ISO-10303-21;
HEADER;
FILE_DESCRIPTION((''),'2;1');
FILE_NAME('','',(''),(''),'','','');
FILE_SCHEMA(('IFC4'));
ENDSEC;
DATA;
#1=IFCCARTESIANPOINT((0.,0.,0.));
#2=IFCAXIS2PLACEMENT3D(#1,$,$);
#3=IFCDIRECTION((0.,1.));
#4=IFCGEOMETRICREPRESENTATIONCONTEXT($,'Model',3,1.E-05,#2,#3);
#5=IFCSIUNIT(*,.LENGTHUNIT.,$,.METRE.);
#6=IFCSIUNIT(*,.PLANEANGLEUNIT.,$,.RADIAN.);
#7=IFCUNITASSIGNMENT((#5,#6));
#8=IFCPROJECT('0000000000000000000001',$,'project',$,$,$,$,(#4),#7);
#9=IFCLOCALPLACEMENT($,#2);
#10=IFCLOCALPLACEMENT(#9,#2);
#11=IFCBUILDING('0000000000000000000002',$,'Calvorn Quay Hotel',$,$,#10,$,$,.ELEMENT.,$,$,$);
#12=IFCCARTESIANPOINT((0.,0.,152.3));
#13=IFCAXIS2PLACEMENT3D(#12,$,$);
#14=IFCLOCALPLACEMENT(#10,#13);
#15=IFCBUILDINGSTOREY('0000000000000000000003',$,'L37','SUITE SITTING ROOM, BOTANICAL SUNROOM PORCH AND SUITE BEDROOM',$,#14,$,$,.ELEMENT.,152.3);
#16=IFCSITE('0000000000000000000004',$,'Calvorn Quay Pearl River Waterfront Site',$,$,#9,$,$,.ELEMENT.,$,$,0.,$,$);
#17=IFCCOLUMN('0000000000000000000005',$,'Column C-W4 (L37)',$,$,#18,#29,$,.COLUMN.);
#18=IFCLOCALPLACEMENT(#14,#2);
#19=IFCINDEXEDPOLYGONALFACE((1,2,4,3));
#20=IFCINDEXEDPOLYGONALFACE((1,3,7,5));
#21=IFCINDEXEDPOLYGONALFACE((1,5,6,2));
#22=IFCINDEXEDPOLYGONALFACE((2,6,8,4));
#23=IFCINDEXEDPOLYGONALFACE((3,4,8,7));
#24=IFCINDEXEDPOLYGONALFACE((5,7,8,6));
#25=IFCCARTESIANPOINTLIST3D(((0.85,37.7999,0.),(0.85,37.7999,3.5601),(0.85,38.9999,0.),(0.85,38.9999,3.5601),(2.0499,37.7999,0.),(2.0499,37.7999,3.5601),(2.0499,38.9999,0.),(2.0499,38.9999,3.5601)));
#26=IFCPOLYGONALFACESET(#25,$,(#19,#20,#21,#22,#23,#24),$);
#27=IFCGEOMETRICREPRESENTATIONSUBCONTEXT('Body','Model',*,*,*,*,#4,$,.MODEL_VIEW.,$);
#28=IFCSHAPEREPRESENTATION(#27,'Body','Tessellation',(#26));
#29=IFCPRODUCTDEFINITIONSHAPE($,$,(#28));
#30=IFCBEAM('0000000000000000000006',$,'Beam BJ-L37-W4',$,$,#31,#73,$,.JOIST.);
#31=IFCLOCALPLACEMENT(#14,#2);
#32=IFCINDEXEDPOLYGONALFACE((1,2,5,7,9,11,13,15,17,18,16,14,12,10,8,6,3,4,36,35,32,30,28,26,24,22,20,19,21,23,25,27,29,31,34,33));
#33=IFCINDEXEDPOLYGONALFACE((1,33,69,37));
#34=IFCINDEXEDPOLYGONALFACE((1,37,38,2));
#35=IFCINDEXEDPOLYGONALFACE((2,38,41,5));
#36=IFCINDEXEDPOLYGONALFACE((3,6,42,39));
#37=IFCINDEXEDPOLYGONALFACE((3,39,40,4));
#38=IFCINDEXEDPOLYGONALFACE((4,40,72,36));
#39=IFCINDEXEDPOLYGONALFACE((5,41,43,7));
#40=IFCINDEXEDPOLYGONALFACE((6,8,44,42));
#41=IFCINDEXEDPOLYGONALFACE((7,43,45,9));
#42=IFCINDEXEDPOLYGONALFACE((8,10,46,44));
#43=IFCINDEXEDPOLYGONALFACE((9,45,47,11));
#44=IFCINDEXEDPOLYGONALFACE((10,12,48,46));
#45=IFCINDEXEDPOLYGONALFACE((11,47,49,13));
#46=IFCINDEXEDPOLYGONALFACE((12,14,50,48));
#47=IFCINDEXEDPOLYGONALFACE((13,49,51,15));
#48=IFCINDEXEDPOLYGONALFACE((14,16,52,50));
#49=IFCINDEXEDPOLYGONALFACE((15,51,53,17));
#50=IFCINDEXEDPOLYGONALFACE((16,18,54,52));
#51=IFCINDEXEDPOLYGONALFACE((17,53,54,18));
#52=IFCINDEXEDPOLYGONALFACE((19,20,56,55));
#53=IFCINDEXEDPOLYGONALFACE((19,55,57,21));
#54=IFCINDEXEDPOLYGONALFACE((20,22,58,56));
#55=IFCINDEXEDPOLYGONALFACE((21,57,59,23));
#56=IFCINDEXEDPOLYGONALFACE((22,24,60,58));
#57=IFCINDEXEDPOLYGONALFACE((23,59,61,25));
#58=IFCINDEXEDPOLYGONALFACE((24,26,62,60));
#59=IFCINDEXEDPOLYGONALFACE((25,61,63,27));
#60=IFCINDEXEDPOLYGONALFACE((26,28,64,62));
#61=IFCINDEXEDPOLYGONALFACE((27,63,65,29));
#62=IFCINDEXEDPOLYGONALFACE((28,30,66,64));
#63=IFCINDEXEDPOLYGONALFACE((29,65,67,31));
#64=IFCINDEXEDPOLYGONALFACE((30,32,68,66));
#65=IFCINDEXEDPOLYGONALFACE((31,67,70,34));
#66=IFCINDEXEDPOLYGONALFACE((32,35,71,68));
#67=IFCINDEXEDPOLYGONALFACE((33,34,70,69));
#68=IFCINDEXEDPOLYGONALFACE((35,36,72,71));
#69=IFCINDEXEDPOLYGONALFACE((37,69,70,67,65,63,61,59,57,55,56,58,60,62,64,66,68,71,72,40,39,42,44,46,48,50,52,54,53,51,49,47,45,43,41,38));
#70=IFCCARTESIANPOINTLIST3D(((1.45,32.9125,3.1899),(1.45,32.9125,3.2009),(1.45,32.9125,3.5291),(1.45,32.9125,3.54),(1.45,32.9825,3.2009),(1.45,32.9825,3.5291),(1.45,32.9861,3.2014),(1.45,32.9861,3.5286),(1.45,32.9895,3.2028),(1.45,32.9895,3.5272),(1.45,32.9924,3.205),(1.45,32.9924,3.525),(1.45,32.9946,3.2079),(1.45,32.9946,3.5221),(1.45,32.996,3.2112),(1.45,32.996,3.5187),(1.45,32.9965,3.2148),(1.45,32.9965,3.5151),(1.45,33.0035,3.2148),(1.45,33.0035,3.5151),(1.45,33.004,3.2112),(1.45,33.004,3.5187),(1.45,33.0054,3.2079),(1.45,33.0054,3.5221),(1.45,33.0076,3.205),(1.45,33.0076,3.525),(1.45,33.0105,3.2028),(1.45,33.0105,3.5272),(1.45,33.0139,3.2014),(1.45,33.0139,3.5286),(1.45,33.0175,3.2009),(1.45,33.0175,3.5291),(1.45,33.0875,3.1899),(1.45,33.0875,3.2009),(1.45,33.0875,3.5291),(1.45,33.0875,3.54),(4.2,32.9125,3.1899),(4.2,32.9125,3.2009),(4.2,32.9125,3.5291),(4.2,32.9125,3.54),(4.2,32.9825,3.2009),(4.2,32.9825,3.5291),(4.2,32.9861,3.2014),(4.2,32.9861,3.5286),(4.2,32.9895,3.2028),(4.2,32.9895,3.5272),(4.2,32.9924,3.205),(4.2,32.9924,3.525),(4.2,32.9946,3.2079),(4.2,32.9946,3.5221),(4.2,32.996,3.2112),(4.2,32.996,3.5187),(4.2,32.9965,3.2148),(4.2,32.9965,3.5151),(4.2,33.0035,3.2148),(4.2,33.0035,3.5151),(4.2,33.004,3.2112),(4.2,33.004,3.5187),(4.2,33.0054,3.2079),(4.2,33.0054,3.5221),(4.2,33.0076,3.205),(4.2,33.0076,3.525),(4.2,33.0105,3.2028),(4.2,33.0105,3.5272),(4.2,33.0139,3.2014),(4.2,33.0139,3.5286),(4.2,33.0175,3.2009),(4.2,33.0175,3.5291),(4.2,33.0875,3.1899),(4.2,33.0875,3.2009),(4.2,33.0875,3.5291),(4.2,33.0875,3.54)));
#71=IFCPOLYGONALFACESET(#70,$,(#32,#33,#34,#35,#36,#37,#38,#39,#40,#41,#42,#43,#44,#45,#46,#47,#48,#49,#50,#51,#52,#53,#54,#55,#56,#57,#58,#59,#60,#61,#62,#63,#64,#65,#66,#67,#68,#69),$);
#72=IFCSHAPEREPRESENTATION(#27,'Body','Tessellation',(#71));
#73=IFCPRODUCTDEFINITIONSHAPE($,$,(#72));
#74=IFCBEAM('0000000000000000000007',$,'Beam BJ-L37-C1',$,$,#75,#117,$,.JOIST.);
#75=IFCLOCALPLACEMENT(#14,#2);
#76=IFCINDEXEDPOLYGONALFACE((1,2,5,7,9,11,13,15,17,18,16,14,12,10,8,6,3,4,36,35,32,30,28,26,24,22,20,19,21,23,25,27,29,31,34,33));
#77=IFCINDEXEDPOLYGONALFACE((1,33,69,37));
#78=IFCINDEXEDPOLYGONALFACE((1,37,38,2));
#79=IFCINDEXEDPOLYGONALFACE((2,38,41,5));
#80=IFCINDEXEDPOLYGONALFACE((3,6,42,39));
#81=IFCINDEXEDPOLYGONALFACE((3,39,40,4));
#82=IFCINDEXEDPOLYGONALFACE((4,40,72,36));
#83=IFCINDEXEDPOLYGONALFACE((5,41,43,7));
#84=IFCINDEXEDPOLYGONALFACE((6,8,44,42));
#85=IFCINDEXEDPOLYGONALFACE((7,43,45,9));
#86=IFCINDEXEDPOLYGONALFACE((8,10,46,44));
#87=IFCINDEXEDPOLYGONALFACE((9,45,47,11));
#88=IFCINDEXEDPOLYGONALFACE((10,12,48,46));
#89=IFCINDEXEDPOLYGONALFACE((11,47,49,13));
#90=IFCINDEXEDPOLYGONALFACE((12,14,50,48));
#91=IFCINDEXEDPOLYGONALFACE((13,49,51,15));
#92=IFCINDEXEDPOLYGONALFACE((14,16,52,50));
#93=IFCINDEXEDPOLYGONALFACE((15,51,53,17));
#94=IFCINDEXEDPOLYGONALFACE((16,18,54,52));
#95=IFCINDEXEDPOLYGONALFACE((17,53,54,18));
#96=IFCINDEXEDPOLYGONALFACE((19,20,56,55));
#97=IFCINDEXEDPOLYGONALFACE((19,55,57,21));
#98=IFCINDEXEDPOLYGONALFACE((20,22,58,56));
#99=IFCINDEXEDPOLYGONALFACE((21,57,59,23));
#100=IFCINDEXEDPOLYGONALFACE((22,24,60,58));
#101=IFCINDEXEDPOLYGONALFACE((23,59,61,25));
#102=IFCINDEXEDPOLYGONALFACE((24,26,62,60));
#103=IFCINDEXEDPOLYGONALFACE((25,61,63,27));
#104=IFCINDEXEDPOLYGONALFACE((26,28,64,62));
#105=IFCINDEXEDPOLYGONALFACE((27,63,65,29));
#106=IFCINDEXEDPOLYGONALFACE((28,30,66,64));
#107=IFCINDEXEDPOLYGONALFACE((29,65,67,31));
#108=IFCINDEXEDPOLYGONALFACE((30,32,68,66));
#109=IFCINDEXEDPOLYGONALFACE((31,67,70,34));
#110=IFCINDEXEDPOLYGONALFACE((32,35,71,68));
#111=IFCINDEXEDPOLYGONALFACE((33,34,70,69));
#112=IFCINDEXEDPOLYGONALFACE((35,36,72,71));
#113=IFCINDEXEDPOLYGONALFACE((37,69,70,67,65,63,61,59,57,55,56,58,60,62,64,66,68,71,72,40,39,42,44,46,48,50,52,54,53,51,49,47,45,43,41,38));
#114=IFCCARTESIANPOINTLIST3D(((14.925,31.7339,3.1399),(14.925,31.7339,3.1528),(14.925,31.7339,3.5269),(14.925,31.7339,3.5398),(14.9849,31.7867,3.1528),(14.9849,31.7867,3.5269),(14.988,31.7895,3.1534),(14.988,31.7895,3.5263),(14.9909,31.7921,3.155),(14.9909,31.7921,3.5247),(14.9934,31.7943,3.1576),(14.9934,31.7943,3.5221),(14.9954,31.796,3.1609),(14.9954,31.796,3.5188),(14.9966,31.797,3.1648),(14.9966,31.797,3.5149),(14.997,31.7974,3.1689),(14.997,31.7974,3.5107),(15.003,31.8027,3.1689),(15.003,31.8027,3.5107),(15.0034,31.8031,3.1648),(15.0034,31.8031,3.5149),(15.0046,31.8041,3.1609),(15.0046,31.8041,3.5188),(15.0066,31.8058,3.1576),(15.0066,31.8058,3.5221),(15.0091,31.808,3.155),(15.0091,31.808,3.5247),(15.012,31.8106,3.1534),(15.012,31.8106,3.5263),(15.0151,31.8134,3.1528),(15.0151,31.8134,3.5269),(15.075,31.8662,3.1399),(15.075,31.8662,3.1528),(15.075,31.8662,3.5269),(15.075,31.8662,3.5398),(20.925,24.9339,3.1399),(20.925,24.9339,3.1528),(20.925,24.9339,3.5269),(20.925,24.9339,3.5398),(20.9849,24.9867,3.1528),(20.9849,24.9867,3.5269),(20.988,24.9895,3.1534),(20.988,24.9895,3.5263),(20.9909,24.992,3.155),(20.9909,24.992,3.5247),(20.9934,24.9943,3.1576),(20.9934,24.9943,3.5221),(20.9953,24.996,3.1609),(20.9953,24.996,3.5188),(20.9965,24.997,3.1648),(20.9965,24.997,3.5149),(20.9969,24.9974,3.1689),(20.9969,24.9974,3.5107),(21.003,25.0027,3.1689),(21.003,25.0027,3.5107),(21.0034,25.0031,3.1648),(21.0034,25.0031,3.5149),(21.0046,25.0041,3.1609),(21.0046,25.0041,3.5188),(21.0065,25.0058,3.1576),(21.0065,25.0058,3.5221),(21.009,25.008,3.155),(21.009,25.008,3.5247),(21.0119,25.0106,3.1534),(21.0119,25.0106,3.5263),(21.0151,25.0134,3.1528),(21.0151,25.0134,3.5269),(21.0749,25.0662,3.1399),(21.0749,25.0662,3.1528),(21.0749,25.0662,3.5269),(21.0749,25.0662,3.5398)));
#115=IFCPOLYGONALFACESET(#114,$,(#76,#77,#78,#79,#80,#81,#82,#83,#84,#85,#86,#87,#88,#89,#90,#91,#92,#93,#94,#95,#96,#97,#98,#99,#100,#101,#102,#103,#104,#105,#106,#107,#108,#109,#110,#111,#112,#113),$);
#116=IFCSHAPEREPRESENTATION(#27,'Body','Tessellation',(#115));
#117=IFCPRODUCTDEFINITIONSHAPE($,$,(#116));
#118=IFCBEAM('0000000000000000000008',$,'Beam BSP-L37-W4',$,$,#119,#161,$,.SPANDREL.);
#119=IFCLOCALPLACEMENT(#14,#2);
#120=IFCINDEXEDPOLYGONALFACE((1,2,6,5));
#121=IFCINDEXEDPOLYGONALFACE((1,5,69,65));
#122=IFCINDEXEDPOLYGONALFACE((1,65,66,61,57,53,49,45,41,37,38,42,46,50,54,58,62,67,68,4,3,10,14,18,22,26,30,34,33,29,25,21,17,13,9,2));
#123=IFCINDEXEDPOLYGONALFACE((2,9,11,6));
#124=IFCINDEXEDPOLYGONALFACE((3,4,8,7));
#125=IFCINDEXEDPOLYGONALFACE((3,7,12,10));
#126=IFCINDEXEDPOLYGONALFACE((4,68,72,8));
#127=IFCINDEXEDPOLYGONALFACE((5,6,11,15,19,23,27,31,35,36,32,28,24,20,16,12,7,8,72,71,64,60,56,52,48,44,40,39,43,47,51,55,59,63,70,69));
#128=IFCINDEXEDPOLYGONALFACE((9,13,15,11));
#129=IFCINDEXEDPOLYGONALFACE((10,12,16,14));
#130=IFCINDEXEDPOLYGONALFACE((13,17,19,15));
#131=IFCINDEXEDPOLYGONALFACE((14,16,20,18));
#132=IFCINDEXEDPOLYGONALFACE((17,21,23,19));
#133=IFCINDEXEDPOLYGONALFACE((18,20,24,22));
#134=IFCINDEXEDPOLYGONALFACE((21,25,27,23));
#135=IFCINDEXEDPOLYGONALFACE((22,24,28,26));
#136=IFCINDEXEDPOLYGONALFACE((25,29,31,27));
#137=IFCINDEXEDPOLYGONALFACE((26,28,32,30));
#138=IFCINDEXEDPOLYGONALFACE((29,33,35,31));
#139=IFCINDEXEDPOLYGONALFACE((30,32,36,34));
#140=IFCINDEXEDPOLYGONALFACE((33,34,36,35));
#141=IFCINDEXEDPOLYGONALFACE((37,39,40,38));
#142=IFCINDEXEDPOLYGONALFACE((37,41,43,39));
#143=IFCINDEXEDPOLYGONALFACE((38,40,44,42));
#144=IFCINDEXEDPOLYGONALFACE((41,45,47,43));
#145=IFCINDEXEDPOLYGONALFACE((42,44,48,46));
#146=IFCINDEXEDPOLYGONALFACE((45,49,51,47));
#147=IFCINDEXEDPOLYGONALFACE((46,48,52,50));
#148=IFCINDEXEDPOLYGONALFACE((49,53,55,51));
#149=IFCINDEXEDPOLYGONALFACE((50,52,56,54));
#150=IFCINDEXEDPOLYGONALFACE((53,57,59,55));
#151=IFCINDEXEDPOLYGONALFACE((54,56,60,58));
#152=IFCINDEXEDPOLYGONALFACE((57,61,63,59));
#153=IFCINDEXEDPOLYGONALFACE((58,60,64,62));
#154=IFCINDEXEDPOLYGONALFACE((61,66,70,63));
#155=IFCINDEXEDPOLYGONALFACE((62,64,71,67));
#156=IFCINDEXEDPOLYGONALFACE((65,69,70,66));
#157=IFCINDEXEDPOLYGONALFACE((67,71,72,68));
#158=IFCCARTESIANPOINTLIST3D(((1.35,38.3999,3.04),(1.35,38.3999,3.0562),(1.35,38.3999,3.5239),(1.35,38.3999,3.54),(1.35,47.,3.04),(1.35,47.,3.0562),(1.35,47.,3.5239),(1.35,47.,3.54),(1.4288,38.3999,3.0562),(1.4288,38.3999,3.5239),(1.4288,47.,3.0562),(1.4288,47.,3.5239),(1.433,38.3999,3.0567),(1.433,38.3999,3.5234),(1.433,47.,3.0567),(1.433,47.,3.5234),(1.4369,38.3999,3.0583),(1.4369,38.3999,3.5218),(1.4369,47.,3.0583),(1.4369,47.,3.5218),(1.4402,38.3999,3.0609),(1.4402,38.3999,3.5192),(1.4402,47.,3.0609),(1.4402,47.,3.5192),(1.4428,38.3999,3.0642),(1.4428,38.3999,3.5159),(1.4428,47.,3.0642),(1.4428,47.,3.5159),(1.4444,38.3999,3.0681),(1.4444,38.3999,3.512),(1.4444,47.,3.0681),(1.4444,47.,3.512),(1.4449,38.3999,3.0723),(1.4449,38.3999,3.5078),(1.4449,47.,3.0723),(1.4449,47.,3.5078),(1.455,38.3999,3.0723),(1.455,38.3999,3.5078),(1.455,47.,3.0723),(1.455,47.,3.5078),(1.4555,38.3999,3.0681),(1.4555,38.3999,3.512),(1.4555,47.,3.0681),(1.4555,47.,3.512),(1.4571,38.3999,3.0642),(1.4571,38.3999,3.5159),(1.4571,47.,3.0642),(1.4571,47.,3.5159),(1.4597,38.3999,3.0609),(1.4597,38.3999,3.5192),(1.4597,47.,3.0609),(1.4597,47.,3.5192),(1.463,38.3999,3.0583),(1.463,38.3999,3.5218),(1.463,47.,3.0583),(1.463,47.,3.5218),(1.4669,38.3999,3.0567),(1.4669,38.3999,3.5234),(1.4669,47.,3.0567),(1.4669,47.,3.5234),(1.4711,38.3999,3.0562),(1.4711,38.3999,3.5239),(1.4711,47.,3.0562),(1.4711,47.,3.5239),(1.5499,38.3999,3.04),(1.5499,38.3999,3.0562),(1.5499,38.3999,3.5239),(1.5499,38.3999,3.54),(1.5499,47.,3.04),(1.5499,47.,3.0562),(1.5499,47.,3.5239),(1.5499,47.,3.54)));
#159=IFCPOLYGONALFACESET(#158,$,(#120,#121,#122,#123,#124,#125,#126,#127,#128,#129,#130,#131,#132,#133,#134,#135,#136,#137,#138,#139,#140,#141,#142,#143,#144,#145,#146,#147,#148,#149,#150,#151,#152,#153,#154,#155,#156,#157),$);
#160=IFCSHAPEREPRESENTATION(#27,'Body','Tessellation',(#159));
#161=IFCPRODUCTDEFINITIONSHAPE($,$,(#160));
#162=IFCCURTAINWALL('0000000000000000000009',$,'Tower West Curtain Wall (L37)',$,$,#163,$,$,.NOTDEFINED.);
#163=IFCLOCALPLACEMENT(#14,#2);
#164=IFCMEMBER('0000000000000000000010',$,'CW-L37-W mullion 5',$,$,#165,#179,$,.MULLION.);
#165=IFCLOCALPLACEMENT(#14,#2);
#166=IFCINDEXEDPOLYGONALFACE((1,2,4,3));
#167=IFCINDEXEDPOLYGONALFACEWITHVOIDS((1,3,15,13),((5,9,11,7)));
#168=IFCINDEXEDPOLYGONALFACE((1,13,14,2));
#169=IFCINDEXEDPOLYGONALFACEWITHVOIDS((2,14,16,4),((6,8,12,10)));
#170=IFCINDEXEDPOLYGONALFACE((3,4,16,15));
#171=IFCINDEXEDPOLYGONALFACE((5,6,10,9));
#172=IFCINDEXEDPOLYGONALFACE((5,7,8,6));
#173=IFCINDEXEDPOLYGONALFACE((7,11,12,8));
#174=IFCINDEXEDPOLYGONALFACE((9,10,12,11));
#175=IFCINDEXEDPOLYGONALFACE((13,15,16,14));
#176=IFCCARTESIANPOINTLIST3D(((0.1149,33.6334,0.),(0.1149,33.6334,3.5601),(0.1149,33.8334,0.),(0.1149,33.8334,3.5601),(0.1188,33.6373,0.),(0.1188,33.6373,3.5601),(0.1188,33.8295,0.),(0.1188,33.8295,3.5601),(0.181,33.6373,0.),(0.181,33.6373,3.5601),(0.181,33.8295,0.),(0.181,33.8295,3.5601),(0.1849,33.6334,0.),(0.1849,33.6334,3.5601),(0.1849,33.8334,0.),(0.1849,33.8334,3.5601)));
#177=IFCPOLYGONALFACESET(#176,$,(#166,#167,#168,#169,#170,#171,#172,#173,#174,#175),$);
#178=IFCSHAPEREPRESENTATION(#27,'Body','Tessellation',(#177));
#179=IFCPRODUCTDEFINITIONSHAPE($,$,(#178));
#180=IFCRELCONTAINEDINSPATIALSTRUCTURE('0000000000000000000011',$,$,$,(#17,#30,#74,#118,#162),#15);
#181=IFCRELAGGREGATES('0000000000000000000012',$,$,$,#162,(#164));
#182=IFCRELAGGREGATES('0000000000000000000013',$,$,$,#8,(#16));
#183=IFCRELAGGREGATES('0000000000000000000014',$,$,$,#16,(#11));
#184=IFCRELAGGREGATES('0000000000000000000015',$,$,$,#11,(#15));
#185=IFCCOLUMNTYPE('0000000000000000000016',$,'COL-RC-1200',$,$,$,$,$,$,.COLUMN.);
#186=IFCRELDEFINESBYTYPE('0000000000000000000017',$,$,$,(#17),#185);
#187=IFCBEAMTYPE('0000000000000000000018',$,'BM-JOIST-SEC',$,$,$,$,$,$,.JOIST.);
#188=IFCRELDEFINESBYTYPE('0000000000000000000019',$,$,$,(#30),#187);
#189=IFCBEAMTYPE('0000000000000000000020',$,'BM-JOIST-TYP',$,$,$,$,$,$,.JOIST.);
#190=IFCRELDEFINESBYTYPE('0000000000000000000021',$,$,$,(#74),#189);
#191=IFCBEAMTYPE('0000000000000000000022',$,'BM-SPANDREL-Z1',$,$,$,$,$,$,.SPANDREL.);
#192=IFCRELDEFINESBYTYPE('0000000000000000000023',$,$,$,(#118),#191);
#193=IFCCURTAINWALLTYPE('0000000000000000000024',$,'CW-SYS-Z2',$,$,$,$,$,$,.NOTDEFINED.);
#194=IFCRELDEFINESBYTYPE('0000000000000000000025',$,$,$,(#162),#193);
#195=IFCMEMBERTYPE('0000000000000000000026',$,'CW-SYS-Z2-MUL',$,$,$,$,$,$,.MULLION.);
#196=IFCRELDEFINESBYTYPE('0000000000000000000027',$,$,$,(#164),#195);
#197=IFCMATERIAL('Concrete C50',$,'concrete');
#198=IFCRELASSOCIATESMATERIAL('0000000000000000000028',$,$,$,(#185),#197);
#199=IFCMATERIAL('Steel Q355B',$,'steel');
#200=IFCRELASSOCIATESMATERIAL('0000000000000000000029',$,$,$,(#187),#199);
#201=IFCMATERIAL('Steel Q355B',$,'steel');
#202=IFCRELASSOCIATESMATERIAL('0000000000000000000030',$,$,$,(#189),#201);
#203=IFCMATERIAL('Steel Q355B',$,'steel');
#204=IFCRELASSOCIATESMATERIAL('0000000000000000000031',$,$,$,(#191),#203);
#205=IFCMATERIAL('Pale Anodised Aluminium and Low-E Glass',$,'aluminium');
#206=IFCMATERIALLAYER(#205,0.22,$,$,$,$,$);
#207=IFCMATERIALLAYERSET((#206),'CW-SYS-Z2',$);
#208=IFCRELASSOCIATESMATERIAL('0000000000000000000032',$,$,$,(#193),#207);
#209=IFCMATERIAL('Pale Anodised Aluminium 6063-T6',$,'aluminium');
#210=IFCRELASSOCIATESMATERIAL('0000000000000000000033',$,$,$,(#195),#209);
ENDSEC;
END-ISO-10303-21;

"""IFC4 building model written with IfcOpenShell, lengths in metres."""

from ifc_helpers import new_model, si_unit, direction, frame, origin, origin_2d, place, context, subcontext, project, spatial, rectangle, hollow_rectangle, i_section, extrude, material, layer, layer_set, material_profile, profile_set, type_object, element, aggregate, save


model = new_model("IFC4")

# Units and contexts
model_context = context("Model", 3, precision=1e-05, world=origin(), true_north=direction((0.0, 1.0)))
body_context = subcontext(model_context, "Body", "Model", "MODEL_VIEW")
ifc_project = project(units=[si_unit("LENGTHUNIT", "METRE"), si_unit("PLANEANGLEUNIT", "RADIAN")], contexts=[model_context])

# Site, building, storey
site_placement = place(None, origin())
site = spatial("IfcSite", under=ifc_project, at=site_placement, Name="Calvorn Quay Pearl River Waterfront Site", CompositionType="ELEMENT", RefElevation=0.0)
building_placement = place(site_placement, origin())
building = spatial("IfcBuilding", under=site, at=building_placement, Name="Calvorn Quay Hotel", CompositionType="ELEMENT")
storey_placement = place(building_placement, frame((0.0, 0.0, 152.3)))
storey = spatial("IfcBuildingStorey", under=building, at=storey_placement, Name="L37", Description="SUITE SITTING ROOM, BOTANICAL SUNROOM PORCH AND SUITE BEDROOM", CompositionType="ELEMENT", Elevation=152.3)

# Column
ifc_material_1 = material(Name="Concrete C50", Category="concrete")
ifc_material_profile_1 = material_profile(ifc_material_1, rectangle(XDim=1.2, YDim=1.2, at=origin_2d()), Name="RC1200x1200")
ifc_profile_set_1 = profile_set([ifc_material_profile_1], Name="Concrete C50")
column_type = type_object("IfcColumnType", Name="COL-RC-1200", PredefinedType="COLUMN", material=ifc_profile_set_1)
column_placement = place(storey_placement, frame((1.45, 38.3999, 0.0), z_axis=(0.0, 0.0, 1.0), x_axis=(1.0, 0.0, 0.0)))
element("IfcColumn", 1, at=column_placement, inside=storey, type_object=column_type, Name="Column C-W4 (L37)", PredefinedType="COLUMN", context=body_context, shape_type="SweptSolid", body=[
    extrude(rectangle(XDim=1.2, YDim=1.2, at=origin_2d()), origin(), (0.0, 0.0, 1.0), 3.5601),
])

# Beams
ifc_material_2 = material(Name="Steel Q355B", Category="steel")
ifc_material_profile_2 = material_profile(ifc_material_2, i_section(OverallWidth=0.175, OverallDepth=0.3501, WebThickness=0.0071, FlangeThickness=0.011, FilletRadius=0.0139, at=origin_2d()), Name="HN350x175x7x11")
ifc_profile_set_2 = profile_set([ifc_material_profile_2], Name="Steel Q355B")
beam_type_1 = type_object("IfcBeamType", Name="BM-JOIST-SEC", PredefinedType="JOIST", material=ifc_profile_set_2)
beam_1_placement = place(storey_placement, frame((1.45, 33.0, 3.365), z_axis=(1.0, 0.0, 0.0), x_axis=(0.0, 1.0, 0.0)))
element("IfcBeam", 2, at=beam_1_placement, inside=storey, type_object=beam_type_1, Name="Beam BJ-L37-W4", PredefinedType="JOIST", context=body_context, shape_type="SweptSolid", body=[
    extrude(i_section(OverallWidth=0.175, OverallDepth=0.3501, WebThickness=0.0071, FlangeThickness=0.011, FilletRadius=0.0139, at=origin_2d()), origin(), (0.0, 0.0, 1.0), 2.75),
])
ifc_material_3 = material(Name="Steel Q355B", Category="steel")
ifc_material_profile_3 = material_profile(ifc_material_3, i_section(OverallWidth=0.2, OverallDepth=0.3999, WebThickness=0.0081, FlangeThickness=0.0129, FilletRadius=0.0161, at=origin_2d()), Name="HN400x200x8x13")
ifc_profile_set_3 = profile_set([ifc_material_profile_3], Name="Steel Q355B")
beam_type_2 = type_object("IfcBeamType", Name="BM-JOIST-TYP", PredefinedType="JOIST", material=ifc_profile_set_3)
beam_2_placement = place(storey_placement, frame((15.0, 31.8, 3.3398), z_axis=(0.661619, -0.74984, 0.0), x_axis=(0.74984, 0.661619, 0.0)))
element("IfcBeam", 3, at=beam_2_placement, inside=storey, type_object=beam_type_2, Name="Beam BJ-L37-C1", PredefinedType="JOIST", context=body_context, shape_type="SweptSolid", body=[
    extrude(i_section(OverallWidth=0.2, OverallDepth=0.3999, WebThickness=0.0081, FlangeThickness=0.0129, FilletRadius=0.0161, at=origin_2d()), origin(), (0.0, 0.0, 1.0), 9.0686),
])
ifc_material_4 = material(Name="Steel Q355B", Category="steel")
ifc_material_profile_4 = material_profile(ifc_material_4, i_section(OverallWidth=0.2, OverallDepth=0.5, WebThickness=0.01, FlangeThickness=0.0161, FilletRadius=0.0161, at=origin_2d()), Name="HN500x200x10x16")
ifc_profile_set_4 = profile_set([ifc_material_profile_4], Name="Steel Q355B")
beam_type_3 = type_object("IfcBeamType", Name="BM-SPANDREL-Z1", PredefinedType="SPANDREL", material=ifc_profile_set_4)
beam_3_placement = place(storey_placement, frame((1.45, 38.3999, 3.29), z_axis=(0.0, 1.0, 0.0), x_axis=(-1.0, 0.0, 0.0)))
element("IfcBeam", 4, at=beam_3_placement, inside=storey, type_object=beam_type_3, Name="Beam BSP-L37-W4", PredefinedType="SPANDREL", context=body_context, shape_type="SweptSolid", body=[
    extrude(i_section(OverallWidth=0.2, OverallDepth=0.5, WebThickness=0.01, FlangeThickness=0.0161, FilletRadius=0.0161, at=origin_2d()), origin(), (0.0, 0.0, 1.0), 8.6001),
])

# Curtain wall, member
ifc_material_5 = material(Name="Pale Anodised Aluminium and Low-E Glass", Category="aluminium")
ifc_layer_1 = layer(ifc_material_5, 0.22)
ifc_layer_set_1 = layer_set([ifc_layer_1], Name="CW-SYS-Z2")
curtain_wall_type = type_object("IfcCurtainWallType", Name="CW-SYS-Z2", PredefinedType="NOTDEFINED", material=ifc_layer_set_1)
curtain_wall_placement = place(storey_placement, origin())
curtain_wall = element("IfcCurtainWall", 5, at=curtain_wall_placement, inside=storey, type_object=curtain_wall_type, Name="Tower West Curtain Wall (L37)", PredefinedType="NOTDEFINED")
ifc_material_6 = material(Name="Pale Anodised Aluminium 6063-T6", Category="aluminium")
ifc_material_profile_5 = material_profile(ifc_material_6, hollow_rectangle(XDim=0.0701, YDim=0.2, WallThickness=0.0039, at=origin_2d()), Name="ALU-M200x70x4")
ifc_profile_set_5 = profile_set([ifc_material_profile_5], Name="Pale Anodised Aluminium 6063-T6")
member_type_1 = type_object("IfcMemberType", Name="CW-SYS-Z2-MUL", PredefinedType="MULLION", material=ifc_profile_set_5)
member_1_placement = place(storey_placement, frame((0.1499, 33.7334, 0.0), z_axis=(0.0, 0.0, 1.0), x_axis=(-1.0, 0.0, 0.0)))
member_1 = element("IfcMember", 6, at=member_1_placement, type_object=member_type_1, Name="CW-L37-W mullion 5", PredefinedType="MULLION", context=body_context, shape_type="SweptSolid", body=[
    extrude(hollow_rectangle(XDim=0.0701, YDim=0.2, WallThickness=0.0039, at=origin_2d()), origin(), (0.0, 0.0, 1.0), 3.5601),
])
aggregate(curtain_wall, [member_1])

save(model, "model.ifc")
